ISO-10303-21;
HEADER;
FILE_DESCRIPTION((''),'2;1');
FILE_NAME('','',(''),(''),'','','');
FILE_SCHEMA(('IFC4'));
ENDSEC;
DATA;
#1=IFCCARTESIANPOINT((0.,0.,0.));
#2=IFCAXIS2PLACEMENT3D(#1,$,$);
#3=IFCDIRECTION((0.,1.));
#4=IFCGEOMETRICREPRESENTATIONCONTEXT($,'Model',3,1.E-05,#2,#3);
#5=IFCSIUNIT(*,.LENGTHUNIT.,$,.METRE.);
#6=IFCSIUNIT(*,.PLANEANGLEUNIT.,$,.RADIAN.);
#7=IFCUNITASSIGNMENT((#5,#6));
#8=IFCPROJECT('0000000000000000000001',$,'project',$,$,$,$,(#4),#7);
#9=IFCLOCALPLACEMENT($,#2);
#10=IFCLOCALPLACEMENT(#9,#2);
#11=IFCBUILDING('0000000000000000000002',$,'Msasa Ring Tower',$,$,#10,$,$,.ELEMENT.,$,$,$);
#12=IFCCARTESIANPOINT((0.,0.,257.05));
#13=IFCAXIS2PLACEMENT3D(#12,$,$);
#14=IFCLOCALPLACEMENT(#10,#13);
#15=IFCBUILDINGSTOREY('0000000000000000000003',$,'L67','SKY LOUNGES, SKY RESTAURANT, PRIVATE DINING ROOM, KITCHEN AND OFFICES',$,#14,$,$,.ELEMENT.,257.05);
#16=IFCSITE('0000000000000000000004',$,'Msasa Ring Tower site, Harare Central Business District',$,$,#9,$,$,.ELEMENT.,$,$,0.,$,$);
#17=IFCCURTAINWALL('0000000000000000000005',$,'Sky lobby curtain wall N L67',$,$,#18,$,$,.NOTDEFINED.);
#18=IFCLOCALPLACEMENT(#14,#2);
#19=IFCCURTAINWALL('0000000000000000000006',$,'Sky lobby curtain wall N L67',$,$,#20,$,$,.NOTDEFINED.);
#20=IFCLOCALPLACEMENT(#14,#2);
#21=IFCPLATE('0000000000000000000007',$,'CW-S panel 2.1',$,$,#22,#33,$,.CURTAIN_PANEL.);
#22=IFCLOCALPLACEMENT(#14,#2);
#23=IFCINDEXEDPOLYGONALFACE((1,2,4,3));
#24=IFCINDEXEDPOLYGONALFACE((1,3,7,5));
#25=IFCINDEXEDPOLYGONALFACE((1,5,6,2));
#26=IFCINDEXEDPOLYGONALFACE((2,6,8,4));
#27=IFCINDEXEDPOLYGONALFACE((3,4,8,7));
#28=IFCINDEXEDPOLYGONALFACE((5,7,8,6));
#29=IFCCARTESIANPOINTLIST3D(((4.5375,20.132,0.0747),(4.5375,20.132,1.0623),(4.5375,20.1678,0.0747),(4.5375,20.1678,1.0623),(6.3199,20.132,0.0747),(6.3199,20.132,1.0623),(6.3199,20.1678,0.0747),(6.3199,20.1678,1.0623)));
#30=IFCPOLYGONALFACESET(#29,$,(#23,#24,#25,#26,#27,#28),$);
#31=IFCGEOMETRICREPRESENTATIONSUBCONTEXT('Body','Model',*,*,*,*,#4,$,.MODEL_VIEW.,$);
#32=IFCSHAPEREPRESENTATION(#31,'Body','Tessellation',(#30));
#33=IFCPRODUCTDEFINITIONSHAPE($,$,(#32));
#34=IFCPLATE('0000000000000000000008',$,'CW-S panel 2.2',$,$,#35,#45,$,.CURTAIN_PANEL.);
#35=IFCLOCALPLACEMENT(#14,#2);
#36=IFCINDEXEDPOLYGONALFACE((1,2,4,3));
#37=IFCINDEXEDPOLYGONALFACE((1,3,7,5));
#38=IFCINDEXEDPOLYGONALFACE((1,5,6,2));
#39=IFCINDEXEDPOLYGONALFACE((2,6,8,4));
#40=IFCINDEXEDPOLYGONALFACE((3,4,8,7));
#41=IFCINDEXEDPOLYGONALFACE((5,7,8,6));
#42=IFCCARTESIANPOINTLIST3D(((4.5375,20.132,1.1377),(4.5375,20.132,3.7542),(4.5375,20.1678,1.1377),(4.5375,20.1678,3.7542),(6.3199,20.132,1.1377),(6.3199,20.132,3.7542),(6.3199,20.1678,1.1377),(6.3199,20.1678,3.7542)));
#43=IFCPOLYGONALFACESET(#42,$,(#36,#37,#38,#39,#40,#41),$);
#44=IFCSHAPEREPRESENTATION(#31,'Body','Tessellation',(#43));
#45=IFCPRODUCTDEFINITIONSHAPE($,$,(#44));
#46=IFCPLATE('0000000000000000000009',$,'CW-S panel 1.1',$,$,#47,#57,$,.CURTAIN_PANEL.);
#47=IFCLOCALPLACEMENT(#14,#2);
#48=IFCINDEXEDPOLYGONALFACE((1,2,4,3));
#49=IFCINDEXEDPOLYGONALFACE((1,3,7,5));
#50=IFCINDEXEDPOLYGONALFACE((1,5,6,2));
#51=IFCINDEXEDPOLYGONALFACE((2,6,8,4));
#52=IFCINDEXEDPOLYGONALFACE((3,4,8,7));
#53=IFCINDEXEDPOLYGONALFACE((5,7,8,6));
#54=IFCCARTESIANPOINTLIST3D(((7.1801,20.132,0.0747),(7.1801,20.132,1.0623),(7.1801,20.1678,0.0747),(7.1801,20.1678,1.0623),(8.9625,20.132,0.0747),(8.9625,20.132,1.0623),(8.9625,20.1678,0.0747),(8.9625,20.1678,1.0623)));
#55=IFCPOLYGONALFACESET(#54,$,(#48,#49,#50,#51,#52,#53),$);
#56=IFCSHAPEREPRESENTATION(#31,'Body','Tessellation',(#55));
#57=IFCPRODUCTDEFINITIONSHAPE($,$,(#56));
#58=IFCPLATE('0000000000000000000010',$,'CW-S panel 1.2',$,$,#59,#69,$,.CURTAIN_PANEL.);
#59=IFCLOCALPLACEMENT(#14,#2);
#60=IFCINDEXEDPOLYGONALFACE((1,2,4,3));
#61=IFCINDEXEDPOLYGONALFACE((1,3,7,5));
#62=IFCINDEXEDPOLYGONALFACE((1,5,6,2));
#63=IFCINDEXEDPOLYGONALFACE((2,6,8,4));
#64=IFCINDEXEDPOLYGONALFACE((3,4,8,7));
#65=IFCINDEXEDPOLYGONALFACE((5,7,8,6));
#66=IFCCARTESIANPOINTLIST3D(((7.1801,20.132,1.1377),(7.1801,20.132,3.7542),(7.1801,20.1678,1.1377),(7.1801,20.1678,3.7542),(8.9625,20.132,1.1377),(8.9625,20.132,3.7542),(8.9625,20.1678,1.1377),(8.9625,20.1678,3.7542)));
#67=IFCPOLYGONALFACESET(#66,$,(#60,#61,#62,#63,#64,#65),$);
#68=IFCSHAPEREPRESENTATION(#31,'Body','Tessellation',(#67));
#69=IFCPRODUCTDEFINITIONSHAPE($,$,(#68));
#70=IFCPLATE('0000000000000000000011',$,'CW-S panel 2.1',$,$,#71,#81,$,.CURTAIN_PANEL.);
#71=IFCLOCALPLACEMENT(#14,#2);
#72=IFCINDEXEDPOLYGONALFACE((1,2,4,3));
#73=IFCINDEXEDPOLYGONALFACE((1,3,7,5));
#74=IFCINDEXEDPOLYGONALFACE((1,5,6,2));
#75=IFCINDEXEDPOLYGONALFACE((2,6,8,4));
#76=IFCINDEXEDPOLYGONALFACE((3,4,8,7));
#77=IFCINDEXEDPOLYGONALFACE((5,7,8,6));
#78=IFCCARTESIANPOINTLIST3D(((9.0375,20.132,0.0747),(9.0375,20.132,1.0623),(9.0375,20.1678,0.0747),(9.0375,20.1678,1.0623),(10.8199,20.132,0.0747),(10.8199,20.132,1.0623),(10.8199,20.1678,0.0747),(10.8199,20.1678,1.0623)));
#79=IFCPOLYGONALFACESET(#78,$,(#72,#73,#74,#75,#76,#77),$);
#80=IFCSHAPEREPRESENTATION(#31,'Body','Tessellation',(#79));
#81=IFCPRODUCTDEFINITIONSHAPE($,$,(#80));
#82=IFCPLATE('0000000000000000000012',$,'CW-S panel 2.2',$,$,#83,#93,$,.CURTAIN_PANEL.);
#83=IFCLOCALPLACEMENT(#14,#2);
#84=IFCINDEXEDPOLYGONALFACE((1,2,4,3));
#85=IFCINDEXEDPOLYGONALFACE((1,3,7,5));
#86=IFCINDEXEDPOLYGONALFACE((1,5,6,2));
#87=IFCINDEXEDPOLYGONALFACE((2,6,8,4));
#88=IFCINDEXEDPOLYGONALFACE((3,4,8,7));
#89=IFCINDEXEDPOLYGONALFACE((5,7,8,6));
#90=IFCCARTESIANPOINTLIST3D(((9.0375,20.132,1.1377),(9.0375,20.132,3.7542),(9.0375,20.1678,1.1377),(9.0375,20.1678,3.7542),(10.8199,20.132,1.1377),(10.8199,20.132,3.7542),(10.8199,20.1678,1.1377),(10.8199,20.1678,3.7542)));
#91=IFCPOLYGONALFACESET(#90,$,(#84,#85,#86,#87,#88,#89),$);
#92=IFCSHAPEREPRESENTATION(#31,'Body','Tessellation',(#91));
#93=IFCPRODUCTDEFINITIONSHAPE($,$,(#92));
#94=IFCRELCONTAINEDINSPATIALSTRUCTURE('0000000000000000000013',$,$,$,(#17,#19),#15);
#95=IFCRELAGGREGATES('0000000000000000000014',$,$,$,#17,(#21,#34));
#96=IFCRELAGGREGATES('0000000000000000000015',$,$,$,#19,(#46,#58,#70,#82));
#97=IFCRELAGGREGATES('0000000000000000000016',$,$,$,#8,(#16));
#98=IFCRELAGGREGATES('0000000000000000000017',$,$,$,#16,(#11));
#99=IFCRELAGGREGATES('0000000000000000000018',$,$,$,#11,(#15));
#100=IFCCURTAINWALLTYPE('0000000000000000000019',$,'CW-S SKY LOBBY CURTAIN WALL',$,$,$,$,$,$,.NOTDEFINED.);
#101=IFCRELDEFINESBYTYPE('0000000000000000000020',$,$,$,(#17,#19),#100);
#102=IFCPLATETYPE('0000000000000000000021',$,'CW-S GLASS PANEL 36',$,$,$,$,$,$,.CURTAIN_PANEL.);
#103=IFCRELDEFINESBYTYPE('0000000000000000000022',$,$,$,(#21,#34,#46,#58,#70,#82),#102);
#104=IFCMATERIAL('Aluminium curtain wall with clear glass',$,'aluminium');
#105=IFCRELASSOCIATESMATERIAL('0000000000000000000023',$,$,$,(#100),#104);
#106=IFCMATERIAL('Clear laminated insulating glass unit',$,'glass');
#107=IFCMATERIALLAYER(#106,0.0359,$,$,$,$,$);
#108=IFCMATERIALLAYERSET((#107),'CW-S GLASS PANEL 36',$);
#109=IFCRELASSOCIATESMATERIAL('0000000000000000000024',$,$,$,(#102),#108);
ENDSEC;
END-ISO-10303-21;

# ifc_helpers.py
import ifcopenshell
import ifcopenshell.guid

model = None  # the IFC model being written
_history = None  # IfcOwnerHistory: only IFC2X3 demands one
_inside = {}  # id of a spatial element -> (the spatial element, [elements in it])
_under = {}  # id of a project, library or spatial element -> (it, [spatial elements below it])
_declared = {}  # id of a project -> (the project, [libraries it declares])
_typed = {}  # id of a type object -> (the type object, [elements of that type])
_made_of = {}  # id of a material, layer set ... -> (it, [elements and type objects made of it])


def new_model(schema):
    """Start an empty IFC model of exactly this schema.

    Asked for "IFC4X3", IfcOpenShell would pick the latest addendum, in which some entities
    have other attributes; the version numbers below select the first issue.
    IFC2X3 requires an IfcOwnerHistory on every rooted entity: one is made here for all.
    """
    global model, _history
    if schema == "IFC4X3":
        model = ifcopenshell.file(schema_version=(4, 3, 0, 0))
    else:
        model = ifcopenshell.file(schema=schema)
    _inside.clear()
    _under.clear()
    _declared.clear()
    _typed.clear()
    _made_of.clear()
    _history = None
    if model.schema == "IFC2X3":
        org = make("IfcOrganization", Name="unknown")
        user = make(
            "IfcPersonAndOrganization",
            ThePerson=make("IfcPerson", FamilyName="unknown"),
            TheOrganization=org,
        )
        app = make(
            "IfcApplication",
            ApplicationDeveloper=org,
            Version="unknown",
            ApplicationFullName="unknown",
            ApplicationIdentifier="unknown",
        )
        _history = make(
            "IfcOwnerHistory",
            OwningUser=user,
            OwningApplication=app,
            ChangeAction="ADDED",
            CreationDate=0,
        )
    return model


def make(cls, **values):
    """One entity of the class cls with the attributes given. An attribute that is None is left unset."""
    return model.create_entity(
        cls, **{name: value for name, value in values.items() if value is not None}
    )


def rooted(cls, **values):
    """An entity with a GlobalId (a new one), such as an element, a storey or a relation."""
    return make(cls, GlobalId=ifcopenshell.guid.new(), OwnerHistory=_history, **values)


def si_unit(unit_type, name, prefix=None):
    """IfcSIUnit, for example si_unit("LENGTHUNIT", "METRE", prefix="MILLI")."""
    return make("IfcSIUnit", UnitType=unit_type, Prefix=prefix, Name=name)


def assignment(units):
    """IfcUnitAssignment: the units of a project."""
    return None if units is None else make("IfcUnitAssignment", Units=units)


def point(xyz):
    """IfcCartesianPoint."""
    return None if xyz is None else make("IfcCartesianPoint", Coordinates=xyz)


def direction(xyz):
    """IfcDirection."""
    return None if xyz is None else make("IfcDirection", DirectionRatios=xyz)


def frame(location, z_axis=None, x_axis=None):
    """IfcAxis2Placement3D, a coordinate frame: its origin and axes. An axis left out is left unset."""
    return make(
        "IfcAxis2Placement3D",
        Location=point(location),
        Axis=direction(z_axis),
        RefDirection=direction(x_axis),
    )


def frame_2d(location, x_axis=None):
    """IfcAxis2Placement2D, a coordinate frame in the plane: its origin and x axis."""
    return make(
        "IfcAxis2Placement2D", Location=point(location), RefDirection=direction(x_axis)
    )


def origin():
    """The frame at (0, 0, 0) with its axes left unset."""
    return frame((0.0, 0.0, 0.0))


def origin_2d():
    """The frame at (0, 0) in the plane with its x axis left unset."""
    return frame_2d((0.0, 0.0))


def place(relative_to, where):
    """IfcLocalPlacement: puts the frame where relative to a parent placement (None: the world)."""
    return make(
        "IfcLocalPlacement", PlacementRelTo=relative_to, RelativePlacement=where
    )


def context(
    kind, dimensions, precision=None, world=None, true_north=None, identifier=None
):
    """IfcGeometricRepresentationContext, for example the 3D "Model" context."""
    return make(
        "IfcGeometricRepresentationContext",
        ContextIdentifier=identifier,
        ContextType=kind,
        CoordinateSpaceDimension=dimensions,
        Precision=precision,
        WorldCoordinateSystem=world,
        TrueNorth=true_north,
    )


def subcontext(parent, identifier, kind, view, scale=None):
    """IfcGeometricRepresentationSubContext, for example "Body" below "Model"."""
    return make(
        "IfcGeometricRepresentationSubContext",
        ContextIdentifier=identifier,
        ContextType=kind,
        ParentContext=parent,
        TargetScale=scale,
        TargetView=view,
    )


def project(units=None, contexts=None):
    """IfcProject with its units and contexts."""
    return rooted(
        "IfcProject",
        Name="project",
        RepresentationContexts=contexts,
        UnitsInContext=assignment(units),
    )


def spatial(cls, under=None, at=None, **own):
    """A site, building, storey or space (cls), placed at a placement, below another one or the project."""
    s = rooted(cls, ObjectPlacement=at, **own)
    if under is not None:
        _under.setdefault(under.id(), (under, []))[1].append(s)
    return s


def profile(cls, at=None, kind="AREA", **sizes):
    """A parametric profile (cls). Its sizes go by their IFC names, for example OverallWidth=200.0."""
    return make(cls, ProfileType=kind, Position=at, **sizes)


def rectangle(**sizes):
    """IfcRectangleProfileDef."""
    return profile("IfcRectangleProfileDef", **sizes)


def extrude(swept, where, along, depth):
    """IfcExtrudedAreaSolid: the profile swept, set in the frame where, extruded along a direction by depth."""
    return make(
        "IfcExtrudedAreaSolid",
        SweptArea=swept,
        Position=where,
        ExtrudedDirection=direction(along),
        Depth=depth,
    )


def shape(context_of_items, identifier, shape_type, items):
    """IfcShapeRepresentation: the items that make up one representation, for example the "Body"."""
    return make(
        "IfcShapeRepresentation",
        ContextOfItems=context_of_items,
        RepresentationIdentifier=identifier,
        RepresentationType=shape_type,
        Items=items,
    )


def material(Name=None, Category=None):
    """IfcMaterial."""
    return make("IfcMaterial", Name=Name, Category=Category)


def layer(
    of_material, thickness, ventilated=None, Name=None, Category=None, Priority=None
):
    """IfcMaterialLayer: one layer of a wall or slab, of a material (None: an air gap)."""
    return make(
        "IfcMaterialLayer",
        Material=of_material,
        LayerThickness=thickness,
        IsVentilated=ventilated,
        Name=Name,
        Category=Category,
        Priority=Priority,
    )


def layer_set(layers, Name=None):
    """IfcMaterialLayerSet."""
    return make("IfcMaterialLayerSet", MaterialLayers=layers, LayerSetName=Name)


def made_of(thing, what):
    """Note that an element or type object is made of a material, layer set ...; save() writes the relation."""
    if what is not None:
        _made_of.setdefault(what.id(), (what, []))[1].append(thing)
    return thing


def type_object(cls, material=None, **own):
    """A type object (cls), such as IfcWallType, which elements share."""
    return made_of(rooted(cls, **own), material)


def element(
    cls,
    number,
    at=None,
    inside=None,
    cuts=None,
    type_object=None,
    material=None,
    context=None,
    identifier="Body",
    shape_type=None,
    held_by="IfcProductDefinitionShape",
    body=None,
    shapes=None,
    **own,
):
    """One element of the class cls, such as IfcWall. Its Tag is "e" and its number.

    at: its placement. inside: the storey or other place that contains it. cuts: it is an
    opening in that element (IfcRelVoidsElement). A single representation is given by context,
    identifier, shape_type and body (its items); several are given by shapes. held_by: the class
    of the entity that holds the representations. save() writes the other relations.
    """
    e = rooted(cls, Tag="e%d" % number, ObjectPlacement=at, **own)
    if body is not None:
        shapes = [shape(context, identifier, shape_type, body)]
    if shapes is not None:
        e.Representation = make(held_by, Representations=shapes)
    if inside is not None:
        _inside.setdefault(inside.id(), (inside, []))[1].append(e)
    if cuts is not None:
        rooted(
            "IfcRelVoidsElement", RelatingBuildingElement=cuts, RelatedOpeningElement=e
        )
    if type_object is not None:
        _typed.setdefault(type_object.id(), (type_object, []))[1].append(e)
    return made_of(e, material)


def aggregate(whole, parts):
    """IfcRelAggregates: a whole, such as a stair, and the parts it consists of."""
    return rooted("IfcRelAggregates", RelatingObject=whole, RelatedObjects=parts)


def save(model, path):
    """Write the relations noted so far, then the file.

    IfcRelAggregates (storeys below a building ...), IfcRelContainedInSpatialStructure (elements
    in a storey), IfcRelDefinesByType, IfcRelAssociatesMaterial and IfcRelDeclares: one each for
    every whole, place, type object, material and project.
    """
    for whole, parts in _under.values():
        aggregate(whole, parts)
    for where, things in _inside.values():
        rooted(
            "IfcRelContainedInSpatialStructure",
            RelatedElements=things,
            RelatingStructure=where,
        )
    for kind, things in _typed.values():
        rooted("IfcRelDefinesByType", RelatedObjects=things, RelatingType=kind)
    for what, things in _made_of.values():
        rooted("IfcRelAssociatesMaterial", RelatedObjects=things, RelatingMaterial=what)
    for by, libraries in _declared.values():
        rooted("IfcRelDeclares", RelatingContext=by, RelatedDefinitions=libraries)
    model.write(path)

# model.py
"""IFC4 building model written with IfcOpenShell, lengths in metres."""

from ifc_helpers import new_model, si_unit, direction, frame, origin, origin_2d, place, context, subcontext, project, spatial, rectangle, extrude, material, layer, layer_set, type_object, element, aggregate, save


model = new_model("IFC4")

# Units and contexts
model_context = context("Model", 3, precision=1e-05, world=origin(), true_north=direction((0.0, 1.0)))
body_context = subcontext(model_context, "Body", "Model", "MODEL_VIEW")
ifc_project = project(units=[si_unit("LENGTHUNIT", "METRE"), si_unit("PLANEANGLEUNIT", "RADIAN")], contexts=[model_context])

# Site, building, storey
site_placement = place(None, origin())
site = spatial("IfcSite", under=ifc_project, at=site_placement, Name="Msasa Ring Tower site, Harare Central Business District", CompositionType="ELEMENT", RefElevation=0.0)
building_placement = place(site_placement, origin())
building = spatial("IfcBuilding", under=site, at=building_placement, Name="Msasa Ring Tower", CompositionType="ELEMENT")
storey_placement = place(building_placement, frame((0.0, 0.0, 257.05)))
storey = spatial("IfcBuildingStorey", under=building, at=storey_placement, Name="L67", Description="SKY LOUNGES, SKY RESTAURANT, PRIVATE DINING ROOM, KITCHEN AND OFFICES", CompositionType="ELEMENT", Elevation=257.05)

# Shared definitions
ifc_material_1 = material(Name="Aluminium curtain wall with clear glass", Category="aluminium")
curtain_wall_type = type_object("IfcCurtainWallType", Name="CW-S SKY LOBBY CURTAIN WALL", PredefinedType="NOTDEFINED", material=ifc_material_1)

# Curtain walls
curtain_wall_1_placement = place(storey_placement, origin())
curtain_wall_1 = element("IfcCurtainWall", 1, at=curtain_wall_1_placement, inside=storey, type_object=curtain_wall_type, Name="Sky lobby curtain wall N L67", PredefinedType="NOTDEFINED")
curtain_wall_2_placement = place(storey_placement, origin())
curtain_wall_2 = element("IfcCurtainWall", 2, at=curtain_wall_2_placement, inside=storey, type_object=curtain_wall_type, Name="Sky lobby curtain wall N L67", PredefinedType="NOTDEFINED")

# Plates
ifc_material_2 = material(Name="Clear laminated insulating glass unit", Category="glass")
ifc_layer = layer(ifc_material_2, 0.0359)
ifc_layer_set = layer_set([ifc_layer], Name="CW-S GLASS PANEL 36")
plate_type = type_object("IfcPlateType", Name="CW-S GLASS PANEL 36", PredefinedType="CURTAIN_PANEL", material=ifc_layer_set)
plate_1_placement = place(storey_placement, frame((5.4287, 20.1499, 0.0747), z_axis=(0.0, 0.0, 1.0), x_axis=(1.0, 0.0, 0.0)))
plate_1 = element("IfcPlate", 3, at=plate_1_placement, type_object=plate_type, Name="CW-S panel 2.1", PredefinedType="CURTAIN_PANEL", context=body_context, shape_type="SweptSolid", body=[
    extrude(rectangle(XDim=1.7825, YDim=0.0359, at=origin_2d()), origin(), (0.0, 0.0, 1.0), 0.9875),
])
plate_2_placement = place(storey_placement, frame((5.4287, 20.1499, 1.1377), z_axis=(0.0, 0.0, 1.0), x_axis=(1.0, 0.0, 0.0)))
plate_2 = element("IfcPlate", 4, at=plate_2_placement, type_object=plate_type, Name="CW-S panel 2.2", PredefinedType="CURTAIN_PANEL", context=body_context, shape_type="SweptSolid", body=[
    extrude(rectangle(XDim=1.7825, YDim=0.0359, at=origin_2d()), origin(), (0.0, 0.0, 1.0), 2.6165),
])
aggregate(curtain_wall_1, [plate_1, plate_2])
plate_3_placement = place(storey_placement, frame((8.0713, 20.1499, 0.0747), z_axis=(0.0, 0.0, 1.0), x_axis=(1.0, 0.0, 0.0)))
plate_3 = element("IfcPlate", 5, at=plate_3_placement, type_object=plate_type, Name="CW-S panel 1.1", PredefinedType="CURTAIN_PANEL", context=body_context, shape_type="SweptSolid", body=[
    extrude(rectangle(XDim=1.7825, YDim=0.0359, at=origin_2d()), origin(), (0.0, 0.0, 1.0), 0.9875),
])
plate_4_placement = place(storey_placement, frame((8.0713, 20.1499, 1.1377), z_axis=(0.0, 0.0, 1.0), x_axis=(1.0, 0.0, 0.0)))
plate_4 = element("IfcPlate", 6, at=plate_4_placement, type_object=plate_type, Name="CW-S panel 1.2", PredefinedType="CURTAIN_PANEL", context=body_context, shape_type="SweptSolid", body=[
    extrude(rectangle(XDim=1.7825, YDim=0.0359, at=origin_2d()), origin(), (0.0, 0.0, 1.0), 2.6165),
])
plate_5_placement = place(storey_placement, frame((9.9287, 20.1499, 0.0747), z_axis=(0.0, 0.0, 1.0), x_axis=(1.0, 0.0, 0.0)))
plate_5 = element("IfcPlate", 7, at=plate_5_placement, type_object=plate_type, Name="CW-S panel 2.1", PredefinedType="CURTAIN_PANEL", context=body_context, shape_type="SweptSolid", body=[
    extrude(rectangle(XDim=1.7825, YDim=0.0359, at=origin_2d()), origin(), (0.0, 0.0, 1.0), 0.9875),
])
plate_6_placement = place(storey_placement, frame((9.9287, 20.1499, 1.1377), z_axis=(0.0, 0.0, 1.0), x_axis=(1.0, 0.0, 0.0)))
plate_6 = element("IfcPlate", 8, at=plate_6_placement, type_object=plate_type, Name="CW-S panel 2.2", PredefinedType="CURTAIN_PANEL", context=body_context, shape_type="SweptSolid", body=[
    extrude(rectangle(XDim=1.7825, YDim=0.0359, at=origin_2d()), origin(), (0.0, 0.0, 1.0), 2.6165),
])
aggregate(curtain_wall_2, [plate_3, plate_4, plate_5, plate_6])

save(model, "model.ifc")
